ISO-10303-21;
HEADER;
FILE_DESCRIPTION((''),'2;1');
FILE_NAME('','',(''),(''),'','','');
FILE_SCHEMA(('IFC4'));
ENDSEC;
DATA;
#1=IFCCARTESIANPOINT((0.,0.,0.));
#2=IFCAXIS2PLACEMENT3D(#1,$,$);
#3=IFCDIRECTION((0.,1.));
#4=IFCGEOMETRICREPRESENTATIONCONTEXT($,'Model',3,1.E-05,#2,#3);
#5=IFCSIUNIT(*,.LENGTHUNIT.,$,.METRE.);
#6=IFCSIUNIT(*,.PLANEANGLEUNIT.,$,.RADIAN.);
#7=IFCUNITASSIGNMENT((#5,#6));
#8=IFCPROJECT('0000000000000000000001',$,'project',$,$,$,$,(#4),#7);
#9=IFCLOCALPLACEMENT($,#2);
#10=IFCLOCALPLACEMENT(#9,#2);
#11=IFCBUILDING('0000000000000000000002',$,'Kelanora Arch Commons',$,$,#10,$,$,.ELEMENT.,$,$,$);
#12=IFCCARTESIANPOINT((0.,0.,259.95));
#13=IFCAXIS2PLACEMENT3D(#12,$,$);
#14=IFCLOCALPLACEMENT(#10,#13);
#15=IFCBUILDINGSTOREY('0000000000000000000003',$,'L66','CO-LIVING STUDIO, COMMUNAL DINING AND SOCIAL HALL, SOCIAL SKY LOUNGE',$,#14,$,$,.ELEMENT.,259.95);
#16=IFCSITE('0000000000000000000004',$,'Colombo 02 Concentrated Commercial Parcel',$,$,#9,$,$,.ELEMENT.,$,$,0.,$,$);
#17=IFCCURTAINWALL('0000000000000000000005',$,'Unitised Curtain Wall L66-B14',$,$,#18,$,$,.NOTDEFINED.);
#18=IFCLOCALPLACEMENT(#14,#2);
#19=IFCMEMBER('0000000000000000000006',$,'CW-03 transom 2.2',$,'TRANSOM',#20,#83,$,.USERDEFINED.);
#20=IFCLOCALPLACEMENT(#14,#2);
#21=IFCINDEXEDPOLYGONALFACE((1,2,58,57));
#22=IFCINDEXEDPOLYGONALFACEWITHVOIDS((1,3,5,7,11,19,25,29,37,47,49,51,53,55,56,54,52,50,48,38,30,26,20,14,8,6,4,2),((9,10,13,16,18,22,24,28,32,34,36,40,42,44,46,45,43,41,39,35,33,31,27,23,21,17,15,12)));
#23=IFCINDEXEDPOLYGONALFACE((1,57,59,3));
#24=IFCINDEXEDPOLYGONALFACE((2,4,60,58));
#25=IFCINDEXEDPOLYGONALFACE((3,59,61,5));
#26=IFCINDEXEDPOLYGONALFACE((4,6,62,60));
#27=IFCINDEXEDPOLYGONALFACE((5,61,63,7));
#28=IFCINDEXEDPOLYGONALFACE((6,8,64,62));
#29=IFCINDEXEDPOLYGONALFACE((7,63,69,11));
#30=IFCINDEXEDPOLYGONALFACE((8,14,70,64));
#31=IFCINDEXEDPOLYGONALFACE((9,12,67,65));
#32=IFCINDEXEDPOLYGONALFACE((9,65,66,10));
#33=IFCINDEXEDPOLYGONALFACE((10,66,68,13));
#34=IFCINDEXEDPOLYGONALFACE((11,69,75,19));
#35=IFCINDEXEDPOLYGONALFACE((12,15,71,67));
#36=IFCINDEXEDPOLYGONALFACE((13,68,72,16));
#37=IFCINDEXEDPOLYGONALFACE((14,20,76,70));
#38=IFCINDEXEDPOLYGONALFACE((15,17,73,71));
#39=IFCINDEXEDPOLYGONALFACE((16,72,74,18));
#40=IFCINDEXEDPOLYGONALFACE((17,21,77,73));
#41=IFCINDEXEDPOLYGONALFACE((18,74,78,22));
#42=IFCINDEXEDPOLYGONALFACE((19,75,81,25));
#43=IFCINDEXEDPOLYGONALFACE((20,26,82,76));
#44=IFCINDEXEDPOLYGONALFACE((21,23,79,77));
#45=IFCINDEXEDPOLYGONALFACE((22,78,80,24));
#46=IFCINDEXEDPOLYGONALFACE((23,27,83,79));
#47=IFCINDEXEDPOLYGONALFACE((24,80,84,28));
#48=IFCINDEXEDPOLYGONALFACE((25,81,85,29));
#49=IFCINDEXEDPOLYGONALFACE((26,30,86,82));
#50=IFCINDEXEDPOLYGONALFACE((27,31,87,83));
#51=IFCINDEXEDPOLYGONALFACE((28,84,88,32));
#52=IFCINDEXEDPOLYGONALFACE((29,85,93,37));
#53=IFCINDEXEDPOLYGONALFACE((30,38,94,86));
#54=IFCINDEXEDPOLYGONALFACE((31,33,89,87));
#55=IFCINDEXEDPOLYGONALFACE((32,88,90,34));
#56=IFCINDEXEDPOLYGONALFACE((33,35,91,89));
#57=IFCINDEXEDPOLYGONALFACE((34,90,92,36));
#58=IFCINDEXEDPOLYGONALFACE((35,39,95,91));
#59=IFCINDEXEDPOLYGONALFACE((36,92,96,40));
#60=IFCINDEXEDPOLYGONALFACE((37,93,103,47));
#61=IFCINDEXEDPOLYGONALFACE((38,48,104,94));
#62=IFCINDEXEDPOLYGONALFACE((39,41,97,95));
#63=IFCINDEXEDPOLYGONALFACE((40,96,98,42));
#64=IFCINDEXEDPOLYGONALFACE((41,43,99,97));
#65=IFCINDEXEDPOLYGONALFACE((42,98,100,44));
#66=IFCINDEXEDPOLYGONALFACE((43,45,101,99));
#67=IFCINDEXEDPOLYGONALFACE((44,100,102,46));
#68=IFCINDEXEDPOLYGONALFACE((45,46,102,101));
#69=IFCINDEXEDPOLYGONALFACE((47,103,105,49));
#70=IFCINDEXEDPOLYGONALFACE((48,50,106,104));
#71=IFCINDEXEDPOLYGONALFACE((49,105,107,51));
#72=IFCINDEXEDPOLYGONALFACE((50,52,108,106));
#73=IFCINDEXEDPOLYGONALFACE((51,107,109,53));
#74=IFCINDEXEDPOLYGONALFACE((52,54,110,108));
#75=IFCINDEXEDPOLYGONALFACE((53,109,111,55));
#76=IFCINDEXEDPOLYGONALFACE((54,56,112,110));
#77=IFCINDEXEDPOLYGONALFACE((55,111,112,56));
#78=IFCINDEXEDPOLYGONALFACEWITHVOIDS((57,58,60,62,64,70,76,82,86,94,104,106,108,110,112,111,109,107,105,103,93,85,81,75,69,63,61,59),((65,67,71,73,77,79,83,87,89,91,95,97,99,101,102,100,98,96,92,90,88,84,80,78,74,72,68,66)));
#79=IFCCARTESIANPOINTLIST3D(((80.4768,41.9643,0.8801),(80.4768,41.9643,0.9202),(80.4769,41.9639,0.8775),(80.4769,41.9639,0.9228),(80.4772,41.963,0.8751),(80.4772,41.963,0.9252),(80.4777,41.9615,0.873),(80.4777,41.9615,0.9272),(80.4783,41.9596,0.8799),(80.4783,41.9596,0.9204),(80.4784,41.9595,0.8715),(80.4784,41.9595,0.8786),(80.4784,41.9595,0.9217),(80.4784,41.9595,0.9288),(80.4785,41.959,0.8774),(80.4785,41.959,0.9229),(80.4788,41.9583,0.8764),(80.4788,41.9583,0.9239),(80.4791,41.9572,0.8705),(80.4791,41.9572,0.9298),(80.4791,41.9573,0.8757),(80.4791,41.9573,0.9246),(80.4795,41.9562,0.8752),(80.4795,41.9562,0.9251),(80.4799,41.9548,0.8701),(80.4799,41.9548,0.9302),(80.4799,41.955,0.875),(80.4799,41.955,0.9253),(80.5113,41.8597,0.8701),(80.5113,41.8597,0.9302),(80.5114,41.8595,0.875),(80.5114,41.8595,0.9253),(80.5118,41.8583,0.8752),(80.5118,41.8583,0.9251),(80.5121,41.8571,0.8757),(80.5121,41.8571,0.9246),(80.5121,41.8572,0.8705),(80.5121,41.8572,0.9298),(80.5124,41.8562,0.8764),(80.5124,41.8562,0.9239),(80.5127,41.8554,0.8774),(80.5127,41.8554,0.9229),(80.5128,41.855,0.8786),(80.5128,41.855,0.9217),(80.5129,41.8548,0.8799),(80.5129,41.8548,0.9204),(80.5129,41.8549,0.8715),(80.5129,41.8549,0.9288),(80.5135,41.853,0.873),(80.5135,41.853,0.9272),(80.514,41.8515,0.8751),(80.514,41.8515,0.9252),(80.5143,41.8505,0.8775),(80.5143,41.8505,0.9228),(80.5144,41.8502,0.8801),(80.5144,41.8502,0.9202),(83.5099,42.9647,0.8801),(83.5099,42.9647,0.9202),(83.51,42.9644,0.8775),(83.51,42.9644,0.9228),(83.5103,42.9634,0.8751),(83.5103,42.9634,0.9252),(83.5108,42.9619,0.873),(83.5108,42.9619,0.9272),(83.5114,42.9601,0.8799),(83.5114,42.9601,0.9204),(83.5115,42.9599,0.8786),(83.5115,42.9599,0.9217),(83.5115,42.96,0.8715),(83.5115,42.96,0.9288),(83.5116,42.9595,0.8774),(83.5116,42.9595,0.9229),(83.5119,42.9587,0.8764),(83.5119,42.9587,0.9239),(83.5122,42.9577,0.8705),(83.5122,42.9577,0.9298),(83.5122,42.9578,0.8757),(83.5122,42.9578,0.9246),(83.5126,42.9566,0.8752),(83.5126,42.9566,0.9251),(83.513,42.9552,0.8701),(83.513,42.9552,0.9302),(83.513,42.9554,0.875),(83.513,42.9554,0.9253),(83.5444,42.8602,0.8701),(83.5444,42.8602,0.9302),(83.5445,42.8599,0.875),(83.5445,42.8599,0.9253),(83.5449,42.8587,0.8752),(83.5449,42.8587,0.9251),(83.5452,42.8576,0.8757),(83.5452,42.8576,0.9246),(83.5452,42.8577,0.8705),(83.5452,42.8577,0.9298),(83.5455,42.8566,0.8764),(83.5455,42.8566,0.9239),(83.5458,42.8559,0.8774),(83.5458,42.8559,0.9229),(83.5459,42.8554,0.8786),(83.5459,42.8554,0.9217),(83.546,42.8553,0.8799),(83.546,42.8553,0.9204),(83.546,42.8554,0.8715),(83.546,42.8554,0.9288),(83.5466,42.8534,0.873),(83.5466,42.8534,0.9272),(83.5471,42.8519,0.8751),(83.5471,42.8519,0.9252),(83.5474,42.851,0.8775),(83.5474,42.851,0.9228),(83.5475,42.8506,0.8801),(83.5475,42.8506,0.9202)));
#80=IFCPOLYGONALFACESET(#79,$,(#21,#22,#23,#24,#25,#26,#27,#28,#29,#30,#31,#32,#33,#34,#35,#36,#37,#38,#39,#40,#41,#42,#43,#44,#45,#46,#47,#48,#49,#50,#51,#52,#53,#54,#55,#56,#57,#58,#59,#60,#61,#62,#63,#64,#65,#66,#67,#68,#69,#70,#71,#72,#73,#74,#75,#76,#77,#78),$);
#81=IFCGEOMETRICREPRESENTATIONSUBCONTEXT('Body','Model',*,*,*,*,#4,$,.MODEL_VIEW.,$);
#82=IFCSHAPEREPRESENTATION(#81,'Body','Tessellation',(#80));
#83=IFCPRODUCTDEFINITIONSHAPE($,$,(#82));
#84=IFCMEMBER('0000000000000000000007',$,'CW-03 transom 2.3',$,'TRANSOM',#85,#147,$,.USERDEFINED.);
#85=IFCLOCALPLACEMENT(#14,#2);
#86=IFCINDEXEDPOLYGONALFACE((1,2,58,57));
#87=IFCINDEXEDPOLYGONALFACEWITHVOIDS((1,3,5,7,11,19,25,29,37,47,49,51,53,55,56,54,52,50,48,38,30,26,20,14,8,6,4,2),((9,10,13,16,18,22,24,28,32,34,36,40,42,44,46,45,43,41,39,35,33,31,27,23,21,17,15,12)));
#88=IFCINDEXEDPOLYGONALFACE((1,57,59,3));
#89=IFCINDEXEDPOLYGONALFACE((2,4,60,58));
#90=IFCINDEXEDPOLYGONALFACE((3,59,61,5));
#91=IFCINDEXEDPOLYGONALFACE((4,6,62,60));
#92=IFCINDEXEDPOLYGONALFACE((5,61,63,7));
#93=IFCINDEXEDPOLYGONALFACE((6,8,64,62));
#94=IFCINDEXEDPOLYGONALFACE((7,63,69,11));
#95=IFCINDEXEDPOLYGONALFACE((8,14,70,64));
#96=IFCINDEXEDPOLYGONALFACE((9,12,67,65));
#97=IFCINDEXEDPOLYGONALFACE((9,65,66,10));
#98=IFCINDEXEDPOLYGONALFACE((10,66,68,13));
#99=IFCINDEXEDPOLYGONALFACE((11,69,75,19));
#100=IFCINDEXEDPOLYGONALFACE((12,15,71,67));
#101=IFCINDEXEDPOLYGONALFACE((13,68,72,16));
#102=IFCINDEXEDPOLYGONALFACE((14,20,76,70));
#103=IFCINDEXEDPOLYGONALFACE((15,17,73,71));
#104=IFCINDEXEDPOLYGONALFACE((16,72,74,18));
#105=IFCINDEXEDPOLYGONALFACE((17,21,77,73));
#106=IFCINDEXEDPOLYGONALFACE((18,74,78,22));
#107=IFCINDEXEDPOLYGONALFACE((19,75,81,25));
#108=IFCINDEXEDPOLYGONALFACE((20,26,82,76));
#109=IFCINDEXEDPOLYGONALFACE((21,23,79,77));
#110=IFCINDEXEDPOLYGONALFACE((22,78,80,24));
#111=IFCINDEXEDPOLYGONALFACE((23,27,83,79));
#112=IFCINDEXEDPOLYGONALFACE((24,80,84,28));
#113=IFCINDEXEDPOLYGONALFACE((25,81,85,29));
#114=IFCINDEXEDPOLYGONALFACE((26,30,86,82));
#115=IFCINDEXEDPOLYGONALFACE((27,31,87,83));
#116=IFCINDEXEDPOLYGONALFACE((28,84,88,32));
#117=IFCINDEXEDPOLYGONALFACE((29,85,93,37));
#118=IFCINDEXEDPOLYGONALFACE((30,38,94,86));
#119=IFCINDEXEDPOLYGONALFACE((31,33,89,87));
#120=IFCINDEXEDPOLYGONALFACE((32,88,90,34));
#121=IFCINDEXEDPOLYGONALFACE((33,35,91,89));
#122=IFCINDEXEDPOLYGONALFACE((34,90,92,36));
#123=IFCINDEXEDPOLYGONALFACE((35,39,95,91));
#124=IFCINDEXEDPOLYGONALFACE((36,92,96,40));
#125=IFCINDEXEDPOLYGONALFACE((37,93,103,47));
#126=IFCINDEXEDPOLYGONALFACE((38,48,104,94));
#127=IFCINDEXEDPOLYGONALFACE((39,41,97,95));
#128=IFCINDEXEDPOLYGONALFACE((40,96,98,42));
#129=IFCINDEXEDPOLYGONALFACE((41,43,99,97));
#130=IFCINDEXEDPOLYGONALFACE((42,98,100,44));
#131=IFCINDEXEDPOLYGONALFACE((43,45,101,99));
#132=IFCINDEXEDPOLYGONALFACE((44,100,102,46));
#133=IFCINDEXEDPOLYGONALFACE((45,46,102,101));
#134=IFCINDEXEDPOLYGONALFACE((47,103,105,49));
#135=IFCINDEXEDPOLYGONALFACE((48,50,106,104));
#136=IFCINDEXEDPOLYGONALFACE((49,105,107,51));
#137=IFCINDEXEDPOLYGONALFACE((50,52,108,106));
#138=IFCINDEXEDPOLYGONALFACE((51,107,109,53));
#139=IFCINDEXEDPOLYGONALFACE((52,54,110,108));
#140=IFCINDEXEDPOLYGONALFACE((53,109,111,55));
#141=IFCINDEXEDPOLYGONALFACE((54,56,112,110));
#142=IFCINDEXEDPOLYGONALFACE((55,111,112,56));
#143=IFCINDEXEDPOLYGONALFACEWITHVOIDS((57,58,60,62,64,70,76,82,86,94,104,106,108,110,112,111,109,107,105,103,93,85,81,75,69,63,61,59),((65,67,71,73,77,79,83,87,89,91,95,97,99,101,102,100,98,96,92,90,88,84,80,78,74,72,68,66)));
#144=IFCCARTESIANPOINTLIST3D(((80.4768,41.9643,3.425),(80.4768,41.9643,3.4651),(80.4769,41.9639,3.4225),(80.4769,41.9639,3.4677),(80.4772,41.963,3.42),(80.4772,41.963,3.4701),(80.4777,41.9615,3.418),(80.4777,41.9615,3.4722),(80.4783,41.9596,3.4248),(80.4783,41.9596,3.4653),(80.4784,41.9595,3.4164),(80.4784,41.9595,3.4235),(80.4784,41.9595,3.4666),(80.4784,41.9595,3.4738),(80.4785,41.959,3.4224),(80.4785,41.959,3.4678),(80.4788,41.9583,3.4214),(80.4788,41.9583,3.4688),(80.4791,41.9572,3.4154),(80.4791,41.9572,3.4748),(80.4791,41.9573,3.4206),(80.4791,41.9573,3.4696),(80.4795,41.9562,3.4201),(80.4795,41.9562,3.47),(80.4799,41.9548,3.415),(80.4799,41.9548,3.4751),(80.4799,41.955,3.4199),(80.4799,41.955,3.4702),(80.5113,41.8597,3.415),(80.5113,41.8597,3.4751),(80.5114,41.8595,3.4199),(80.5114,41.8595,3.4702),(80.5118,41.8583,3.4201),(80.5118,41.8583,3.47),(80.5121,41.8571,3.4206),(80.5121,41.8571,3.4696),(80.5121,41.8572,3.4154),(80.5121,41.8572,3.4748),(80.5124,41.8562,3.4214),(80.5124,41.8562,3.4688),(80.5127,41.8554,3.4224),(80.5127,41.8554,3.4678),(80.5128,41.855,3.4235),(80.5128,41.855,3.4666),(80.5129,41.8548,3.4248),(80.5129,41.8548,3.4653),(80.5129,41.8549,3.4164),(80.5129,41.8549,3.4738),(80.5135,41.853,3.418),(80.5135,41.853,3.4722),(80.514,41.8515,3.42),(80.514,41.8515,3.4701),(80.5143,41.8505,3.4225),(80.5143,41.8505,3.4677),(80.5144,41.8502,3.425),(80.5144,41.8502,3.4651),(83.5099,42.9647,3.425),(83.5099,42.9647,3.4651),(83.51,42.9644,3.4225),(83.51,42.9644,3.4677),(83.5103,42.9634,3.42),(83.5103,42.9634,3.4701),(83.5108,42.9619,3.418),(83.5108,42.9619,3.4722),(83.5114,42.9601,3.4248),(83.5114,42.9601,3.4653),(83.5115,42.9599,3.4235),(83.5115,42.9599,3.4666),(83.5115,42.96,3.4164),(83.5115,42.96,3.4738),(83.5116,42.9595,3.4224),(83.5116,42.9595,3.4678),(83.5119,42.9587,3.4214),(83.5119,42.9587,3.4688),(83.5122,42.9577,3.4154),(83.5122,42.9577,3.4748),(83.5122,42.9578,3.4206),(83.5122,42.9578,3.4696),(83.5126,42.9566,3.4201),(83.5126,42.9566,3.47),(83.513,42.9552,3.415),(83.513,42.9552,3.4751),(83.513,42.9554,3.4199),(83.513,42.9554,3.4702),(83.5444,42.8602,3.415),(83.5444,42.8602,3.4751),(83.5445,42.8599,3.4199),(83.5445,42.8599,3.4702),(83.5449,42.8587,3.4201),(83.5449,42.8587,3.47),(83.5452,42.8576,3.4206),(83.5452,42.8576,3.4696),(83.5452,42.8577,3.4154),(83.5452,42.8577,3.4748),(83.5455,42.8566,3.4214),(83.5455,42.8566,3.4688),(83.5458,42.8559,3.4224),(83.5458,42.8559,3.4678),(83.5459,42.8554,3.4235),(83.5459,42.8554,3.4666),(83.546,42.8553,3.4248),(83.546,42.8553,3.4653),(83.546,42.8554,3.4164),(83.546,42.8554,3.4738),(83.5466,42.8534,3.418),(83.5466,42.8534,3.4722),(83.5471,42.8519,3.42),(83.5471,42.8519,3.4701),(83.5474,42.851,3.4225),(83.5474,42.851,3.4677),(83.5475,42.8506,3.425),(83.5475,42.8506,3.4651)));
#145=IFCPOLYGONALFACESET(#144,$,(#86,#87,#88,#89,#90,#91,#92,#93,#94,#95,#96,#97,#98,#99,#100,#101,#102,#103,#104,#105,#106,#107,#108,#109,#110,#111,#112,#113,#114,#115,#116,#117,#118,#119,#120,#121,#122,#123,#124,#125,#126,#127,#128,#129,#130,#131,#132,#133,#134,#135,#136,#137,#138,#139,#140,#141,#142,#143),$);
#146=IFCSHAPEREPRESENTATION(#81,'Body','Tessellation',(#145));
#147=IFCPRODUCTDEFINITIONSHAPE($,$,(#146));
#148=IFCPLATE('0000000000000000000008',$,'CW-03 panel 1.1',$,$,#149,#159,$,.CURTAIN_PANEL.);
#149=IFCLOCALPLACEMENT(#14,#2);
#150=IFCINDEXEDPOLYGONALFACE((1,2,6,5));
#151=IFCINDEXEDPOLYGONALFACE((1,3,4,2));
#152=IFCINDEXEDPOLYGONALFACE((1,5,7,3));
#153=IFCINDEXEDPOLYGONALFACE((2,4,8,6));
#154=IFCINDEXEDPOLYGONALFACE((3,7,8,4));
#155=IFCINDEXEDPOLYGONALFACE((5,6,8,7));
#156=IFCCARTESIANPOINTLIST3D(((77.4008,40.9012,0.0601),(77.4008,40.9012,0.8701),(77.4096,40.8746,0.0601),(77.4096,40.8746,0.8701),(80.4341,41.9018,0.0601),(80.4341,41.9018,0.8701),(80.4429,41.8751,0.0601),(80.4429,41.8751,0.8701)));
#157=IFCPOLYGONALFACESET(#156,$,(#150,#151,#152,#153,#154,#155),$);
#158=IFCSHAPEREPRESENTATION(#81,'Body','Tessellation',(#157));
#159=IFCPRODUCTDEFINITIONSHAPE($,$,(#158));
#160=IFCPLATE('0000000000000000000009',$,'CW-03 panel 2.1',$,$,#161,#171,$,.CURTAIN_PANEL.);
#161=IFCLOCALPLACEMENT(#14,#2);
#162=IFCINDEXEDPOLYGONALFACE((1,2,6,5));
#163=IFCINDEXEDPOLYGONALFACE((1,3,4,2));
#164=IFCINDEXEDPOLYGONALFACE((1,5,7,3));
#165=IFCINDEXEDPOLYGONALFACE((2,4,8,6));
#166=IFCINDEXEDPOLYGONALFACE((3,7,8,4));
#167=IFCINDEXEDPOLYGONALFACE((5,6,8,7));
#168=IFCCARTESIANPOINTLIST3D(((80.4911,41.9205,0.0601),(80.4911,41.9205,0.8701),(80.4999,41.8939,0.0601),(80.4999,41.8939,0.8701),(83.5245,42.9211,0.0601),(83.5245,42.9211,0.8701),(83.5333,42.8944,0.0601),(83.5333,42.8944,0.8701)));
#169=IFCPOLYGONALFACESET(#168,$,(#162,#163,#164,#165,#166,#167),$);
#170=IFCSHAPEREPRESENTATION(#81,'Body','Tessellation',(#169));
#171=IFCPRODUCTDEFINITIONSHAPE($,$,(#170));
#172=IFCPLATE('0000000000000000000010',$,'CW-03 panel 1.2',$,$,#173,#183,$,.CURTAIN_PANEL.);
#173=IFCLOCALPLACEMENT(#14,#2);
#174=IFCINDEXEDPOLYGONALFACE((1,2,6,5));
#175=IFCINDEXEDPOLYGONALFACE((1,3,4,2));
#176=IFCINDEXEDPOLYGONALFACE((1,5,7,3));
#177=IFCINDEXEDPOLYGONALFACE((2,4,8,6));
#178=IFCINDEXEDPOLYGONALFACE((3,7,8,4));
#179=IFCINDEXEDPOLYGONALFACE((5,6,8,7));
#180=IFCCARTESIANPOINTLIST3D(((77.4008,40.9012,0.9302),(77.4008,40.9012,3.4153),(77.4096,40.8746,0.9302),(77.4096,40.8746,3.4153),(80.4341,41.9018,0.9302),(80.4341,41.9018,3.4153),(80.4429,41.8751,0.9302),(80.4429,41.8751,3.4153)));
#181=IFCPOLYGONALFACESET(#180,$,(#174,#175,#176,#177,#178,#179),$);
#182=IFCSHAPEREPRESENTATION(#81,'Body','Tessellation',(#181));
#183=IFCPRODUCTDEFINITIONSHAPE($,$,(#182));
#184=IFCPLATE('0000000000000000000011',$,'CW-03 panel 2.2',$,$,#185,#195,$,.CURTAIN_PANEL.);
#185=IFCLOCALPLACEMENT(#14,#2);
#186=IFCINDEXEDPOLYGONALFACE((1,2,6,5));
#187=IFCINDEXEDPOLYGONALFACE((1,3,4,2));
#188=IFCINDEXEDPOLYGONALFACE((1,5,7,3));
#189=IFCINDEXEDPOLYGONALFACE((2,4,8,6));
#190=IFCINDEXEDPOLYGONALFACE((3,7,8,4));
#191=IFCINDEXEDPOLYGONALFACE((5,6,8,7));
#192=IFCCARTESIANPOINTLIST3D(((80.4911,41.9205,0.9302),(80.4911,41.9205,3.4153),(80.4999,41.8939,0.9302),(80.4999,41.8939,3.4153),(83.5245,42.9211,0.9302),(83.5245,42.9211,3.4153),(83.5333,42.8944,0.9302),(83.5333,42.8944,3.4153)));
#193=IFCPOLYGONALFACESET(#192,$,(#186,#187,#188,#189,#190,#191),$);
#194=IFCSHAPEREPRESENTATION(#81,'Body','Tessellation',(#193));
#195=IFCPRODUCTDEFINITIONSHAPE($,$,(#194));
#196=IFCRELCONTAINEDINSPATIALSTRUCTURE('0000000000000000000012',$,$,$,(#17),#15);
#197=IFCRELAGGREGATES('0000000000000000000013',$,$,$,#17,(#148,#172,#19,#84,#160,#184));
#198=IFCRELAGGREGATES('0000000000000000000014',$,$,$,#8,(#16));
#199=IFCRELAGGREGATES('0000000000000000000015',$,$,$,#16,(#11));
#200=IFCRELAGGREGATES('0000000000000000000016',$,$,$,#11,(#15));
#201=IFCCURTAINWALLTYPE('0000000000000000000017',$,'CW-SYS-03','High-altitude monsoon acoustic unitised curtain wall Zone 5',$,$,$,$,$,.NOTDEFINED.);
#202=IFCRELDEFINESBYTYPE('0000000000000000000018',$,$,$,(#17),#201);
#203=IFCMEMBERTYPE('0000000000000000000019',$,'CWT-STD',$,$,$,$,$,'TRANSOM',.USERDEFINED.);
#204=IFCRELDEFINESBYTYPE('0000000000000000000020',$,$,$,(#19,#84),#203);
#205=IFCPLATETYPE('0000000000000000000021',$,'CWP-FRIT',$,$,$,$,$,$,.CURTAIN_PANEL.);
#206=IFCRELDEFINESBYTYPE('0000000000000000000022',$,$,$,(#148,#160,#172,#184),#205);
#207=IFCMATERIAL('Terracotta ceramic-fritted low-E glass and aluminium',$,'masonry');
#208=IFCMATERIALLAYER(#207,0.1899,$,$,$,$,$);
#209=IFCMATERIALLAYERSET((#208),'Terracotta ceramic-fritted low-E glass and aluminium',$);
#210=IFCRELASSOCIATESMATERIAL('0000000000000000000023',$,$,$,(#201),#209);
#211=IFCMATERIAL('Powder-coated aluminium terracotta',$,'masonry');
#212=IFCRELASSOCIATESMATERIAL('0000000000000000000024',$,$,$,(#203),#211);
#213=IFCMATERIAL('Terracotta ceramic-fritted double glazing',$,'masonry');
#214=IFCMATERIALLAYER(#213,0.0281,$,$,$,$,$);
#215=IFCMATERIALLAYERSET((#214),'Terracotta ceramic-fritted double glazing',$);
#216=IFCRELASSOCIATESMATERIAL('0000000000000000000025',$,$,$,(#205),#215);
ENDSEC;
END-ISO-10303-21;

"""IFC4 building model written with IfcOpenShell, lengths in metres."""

from ifc_helpers import new_model, si_unit, direction, frame, origin, origin_2d, place, context, subcontext, project, spatial, rectangle, hollow_rectangle, extrude, source, transform, mapped, material, layer, layer_set, material_profile, profile_set, type_object, element, aggregate, save


model = new_model("IFC4")

# Units and contexts
model_context = context("Model", 3, precision=1e-05, world=origin(), true_north=direction((0.0, 1.0)))
body_context = subcontext(model_context, "Body", "Model", "MODEL_VIEW")
ifc_project = project(units=[si_unit("LENGTHUNIT", "METRE"), si_unit("PLANEANGLEUNIT", "RADIAN")], contexts=[model_context])

# Site, building, storey
site_placement = place(None, origin())
site = spatial("IfcSite", under=ifc_project, at=site_placement, Name="Colombo 02 Concentrated Commercial Parcel", CompositionType="ELEMENT", RefElevation=0.0)
building_placement = place(site_placement, origin())
building = spatial("IfcBuilding", under=site, at=building_placement, Name="Kelanora Arch Commons", CompositionType="ELEMENT")
storey_placement = place(building_placement, frame((0.0, 0.0, 259.95)))
storey = spatial("IfcBuildingStorey", under=building, at=storey_placement, Name="L66", Description="CO-LIVING STUDIO, COMMUNAL DINING AND SOCIAL HALL, SOCIAL SKY LOUNGE", CompositionType="ELEMENT", Elevation=259.95)

# Curtain wall, members, plates
ifc_material_1 = material(Name="Terracotta ceramic-fritted low-E glass and aluminium", Category="masonry")
ifc_layer_1 = layer(ifc_material_1, 0.1899)
ifc_layer_set_1 = layer_set([ifc_layer_1], Name="Terracotta ceramic-fritted low-E glass and aluminium")
curtain_wall_type = type_object("IfcCurtainWallType", Name="CW-SYS-03", Description="High-altitude monsoon acoustic unitised curtain wall Zone 5", PredefinedType="NOTDEFINED", material=ifc_layer_set_1)
curtain_wall_placement = place(storey_placement, origin())
curtain_wall = element("IfcCurtainWall", 1, at=curtain_wall_placement, inside=storey, type_object=curtain_wall_type, Name="Unitised Curtain Wall L66-B14", PredefinedType="NOTDEFINED")
ifc_material_2 = material(Name="Powder-coated aluminium terracotta", Category="masonry")
ifc_material_profile_1 = material_profile(ifc_material_2, hollow_rectangle(XDim=0.1201, YDim=0.0601, WallThickness=0.0049, InnerFilletRadius=0.0049, OuterFilletRadius=0.01, at=origin_2d()), Name="CWT120x60")
ifc_profile_set_1 = profile_set([ifc_material_profile_1], Name="Powder-coated aluminium terracotta")
member_type_1 = type_object("IfcMemberType", Name="CWT-STD", ElementType="TRANSOM", PredefinedType="USERDEFINED", material=ifc_profile_set_1)
member_1_placement = place(storey_placement, frame((80.4956, 41.9072, 0.9001), z_axis=(0.949672, 0.313245, 0.0), x_axis=(-0.313245, 0.949672, 0.0)))
member_1 = element("IfcMember", 2, at=member_1_placement, type_object=member_type_1, Name="CW-03 transom 2.2", ObjectType="TRANSOM", PredefinedType="USERDEFINED", context=body_context, shape_type="SweptSolid", body=[
    extrude(hollow_rectangle(XDim=0.1201, YDim=0.0601, WallThickness=0.0049, InnerFilletRadius=0.0049, OuterFilletRadius=0.01, at=origin_2d()), origin(), (0.0, 0.0, 1.0), 3.1938),
])
member_2_placement = place(storey_placement, frame((80.4956, 41.9072, 3.4451), z_axis=(0.949672, 0.313245, 0.0), x_axis=(-0.313245, 0.949672, 0.0)))
member_2 = element("IfcMember", 3, at=member_2_placement, type_object=member_type_1, Name="CW-03 transom 2.3", ObjectType="TRANSOM", PredefinedType="USERDEFINED", context=body_context, shape_type="SweptSolid", body=[
    extrude(hollow_rectangle(XDim=0.1201, YDim=0.0601, WallThickness=0.0049, InnerFilletRadius=0.0049, OuterFilletRadius=0.01, at=origin_2d()), origin(), (0.0, 0.0, 1.0), 3.1938),
])
ifc_material_3 = material(Name="Terracotta ceramic-fritted double glazing", Category="masonry")
ifc_layer_2 = layer(ifc_material_3, 0.0281)
ifc_layer_set_2 = layer_set([ifc_layer_2], Name="Terracotta ceramic-fritted double glazing")
plate_type = type_object("IfcPlateType", Name="CWP-FRIT", PredefinedType="CURTAIN_PANEL", material=ifc_layer_set_2)
shared_shape_1 = source(origin(), body_context, "Body", "SweptSolid", [
    extrude(rectangle(XDim=3.1941, YDim=0.0281, at=origin_2d()), origin(), (0.0, 0.0, 1.0), 0.8101),
])
plate_1_placement = place(storey_placement, frame((78.9219, 41.3882, 0.0601), z_axis=(0.0, 0.0, 1.0), x_axis=(0.94967, 0.313253, 0.0)))
plate_1 = element("IfcPlate", 4, at=plate_1_placement, type_object=plate_type, Name="CW-03 panel 1.1", PredefinedType="CURTAIN_PANEL", context=body_context, shape_type="MappedRepresentation", body=[
    mapped(shared_shape_1, transform((0.0, 0.0, 0.0), scale=1.0)),
])
plate_2_placement = place(storey_placement, frame((82.0122, 42.4075, 0.0601), z_axis=(0.0, 0.0, 1.0), x_axis=(0.94967, 0.313253, 0.0)))
plate_2 = element("IfcPlate", 5, at=plate_2_placement, type_object=plate_type, Name="CW-03 panel 2.1", PredefinedType="CURTAIN_PANEL", context=body_context, shape_type="MappedRepresentation", body=[
    mapped(shared_shape_1, transform((0.0, 0.0, 0.0), scale=1.0)),
])
shared_shape_2 = source(origin(), body_context, "Body", "SweptSolid", [
    extrude(rectangle(XDim=3.1941, YDim=0.0281, at=origin_2d()), origin(), (0.0, 0.0, 1.0), 2.4851),
])
plate_3_placement = place(storey_placement, frame((78.9219, 41.3882, 0.9302), z_axis=(0.0, 0.0, 1.0), x_axis=(0.94967, 0.313253, 0.0)))
plate_3 = element("IfcPlate", 6, at=plate_3_placement, type_object=plate_type, Name="CW-03 panel 1.2", PredefinedType="CURTAIN_PANEL", context=body_context, shape_type="MappedRepresentation", body=[
    mapped(shared_shape_2, transform((0.0, 0.0, 0.0), scale=1.0)),
])
plate_4_placement = place(storey_placement, frame((82.0122, 42.4075, 0.9302), z_axis=(0.0, 0.0, 1.0), x_axis=(0.94967, 0.313253, 0.0)))
plate_4 = element("IfcPlate", 7, at=plate_4_placement, type_object=plate_type, Name="CW-03 panel 2.2", PredefinedType="CURTAIN_PANEL", context=body_context, shape_type="MappedRepresentation", body=[
    mapped(shared_shape_2, transform((0.0, 0.0, 0.0), scale=1.0)),
])
aggregate(curtain_wall, [plate_1, plate_3, member_1, member_2, plate_2, plate_4])

save(model, "model.ifc")
